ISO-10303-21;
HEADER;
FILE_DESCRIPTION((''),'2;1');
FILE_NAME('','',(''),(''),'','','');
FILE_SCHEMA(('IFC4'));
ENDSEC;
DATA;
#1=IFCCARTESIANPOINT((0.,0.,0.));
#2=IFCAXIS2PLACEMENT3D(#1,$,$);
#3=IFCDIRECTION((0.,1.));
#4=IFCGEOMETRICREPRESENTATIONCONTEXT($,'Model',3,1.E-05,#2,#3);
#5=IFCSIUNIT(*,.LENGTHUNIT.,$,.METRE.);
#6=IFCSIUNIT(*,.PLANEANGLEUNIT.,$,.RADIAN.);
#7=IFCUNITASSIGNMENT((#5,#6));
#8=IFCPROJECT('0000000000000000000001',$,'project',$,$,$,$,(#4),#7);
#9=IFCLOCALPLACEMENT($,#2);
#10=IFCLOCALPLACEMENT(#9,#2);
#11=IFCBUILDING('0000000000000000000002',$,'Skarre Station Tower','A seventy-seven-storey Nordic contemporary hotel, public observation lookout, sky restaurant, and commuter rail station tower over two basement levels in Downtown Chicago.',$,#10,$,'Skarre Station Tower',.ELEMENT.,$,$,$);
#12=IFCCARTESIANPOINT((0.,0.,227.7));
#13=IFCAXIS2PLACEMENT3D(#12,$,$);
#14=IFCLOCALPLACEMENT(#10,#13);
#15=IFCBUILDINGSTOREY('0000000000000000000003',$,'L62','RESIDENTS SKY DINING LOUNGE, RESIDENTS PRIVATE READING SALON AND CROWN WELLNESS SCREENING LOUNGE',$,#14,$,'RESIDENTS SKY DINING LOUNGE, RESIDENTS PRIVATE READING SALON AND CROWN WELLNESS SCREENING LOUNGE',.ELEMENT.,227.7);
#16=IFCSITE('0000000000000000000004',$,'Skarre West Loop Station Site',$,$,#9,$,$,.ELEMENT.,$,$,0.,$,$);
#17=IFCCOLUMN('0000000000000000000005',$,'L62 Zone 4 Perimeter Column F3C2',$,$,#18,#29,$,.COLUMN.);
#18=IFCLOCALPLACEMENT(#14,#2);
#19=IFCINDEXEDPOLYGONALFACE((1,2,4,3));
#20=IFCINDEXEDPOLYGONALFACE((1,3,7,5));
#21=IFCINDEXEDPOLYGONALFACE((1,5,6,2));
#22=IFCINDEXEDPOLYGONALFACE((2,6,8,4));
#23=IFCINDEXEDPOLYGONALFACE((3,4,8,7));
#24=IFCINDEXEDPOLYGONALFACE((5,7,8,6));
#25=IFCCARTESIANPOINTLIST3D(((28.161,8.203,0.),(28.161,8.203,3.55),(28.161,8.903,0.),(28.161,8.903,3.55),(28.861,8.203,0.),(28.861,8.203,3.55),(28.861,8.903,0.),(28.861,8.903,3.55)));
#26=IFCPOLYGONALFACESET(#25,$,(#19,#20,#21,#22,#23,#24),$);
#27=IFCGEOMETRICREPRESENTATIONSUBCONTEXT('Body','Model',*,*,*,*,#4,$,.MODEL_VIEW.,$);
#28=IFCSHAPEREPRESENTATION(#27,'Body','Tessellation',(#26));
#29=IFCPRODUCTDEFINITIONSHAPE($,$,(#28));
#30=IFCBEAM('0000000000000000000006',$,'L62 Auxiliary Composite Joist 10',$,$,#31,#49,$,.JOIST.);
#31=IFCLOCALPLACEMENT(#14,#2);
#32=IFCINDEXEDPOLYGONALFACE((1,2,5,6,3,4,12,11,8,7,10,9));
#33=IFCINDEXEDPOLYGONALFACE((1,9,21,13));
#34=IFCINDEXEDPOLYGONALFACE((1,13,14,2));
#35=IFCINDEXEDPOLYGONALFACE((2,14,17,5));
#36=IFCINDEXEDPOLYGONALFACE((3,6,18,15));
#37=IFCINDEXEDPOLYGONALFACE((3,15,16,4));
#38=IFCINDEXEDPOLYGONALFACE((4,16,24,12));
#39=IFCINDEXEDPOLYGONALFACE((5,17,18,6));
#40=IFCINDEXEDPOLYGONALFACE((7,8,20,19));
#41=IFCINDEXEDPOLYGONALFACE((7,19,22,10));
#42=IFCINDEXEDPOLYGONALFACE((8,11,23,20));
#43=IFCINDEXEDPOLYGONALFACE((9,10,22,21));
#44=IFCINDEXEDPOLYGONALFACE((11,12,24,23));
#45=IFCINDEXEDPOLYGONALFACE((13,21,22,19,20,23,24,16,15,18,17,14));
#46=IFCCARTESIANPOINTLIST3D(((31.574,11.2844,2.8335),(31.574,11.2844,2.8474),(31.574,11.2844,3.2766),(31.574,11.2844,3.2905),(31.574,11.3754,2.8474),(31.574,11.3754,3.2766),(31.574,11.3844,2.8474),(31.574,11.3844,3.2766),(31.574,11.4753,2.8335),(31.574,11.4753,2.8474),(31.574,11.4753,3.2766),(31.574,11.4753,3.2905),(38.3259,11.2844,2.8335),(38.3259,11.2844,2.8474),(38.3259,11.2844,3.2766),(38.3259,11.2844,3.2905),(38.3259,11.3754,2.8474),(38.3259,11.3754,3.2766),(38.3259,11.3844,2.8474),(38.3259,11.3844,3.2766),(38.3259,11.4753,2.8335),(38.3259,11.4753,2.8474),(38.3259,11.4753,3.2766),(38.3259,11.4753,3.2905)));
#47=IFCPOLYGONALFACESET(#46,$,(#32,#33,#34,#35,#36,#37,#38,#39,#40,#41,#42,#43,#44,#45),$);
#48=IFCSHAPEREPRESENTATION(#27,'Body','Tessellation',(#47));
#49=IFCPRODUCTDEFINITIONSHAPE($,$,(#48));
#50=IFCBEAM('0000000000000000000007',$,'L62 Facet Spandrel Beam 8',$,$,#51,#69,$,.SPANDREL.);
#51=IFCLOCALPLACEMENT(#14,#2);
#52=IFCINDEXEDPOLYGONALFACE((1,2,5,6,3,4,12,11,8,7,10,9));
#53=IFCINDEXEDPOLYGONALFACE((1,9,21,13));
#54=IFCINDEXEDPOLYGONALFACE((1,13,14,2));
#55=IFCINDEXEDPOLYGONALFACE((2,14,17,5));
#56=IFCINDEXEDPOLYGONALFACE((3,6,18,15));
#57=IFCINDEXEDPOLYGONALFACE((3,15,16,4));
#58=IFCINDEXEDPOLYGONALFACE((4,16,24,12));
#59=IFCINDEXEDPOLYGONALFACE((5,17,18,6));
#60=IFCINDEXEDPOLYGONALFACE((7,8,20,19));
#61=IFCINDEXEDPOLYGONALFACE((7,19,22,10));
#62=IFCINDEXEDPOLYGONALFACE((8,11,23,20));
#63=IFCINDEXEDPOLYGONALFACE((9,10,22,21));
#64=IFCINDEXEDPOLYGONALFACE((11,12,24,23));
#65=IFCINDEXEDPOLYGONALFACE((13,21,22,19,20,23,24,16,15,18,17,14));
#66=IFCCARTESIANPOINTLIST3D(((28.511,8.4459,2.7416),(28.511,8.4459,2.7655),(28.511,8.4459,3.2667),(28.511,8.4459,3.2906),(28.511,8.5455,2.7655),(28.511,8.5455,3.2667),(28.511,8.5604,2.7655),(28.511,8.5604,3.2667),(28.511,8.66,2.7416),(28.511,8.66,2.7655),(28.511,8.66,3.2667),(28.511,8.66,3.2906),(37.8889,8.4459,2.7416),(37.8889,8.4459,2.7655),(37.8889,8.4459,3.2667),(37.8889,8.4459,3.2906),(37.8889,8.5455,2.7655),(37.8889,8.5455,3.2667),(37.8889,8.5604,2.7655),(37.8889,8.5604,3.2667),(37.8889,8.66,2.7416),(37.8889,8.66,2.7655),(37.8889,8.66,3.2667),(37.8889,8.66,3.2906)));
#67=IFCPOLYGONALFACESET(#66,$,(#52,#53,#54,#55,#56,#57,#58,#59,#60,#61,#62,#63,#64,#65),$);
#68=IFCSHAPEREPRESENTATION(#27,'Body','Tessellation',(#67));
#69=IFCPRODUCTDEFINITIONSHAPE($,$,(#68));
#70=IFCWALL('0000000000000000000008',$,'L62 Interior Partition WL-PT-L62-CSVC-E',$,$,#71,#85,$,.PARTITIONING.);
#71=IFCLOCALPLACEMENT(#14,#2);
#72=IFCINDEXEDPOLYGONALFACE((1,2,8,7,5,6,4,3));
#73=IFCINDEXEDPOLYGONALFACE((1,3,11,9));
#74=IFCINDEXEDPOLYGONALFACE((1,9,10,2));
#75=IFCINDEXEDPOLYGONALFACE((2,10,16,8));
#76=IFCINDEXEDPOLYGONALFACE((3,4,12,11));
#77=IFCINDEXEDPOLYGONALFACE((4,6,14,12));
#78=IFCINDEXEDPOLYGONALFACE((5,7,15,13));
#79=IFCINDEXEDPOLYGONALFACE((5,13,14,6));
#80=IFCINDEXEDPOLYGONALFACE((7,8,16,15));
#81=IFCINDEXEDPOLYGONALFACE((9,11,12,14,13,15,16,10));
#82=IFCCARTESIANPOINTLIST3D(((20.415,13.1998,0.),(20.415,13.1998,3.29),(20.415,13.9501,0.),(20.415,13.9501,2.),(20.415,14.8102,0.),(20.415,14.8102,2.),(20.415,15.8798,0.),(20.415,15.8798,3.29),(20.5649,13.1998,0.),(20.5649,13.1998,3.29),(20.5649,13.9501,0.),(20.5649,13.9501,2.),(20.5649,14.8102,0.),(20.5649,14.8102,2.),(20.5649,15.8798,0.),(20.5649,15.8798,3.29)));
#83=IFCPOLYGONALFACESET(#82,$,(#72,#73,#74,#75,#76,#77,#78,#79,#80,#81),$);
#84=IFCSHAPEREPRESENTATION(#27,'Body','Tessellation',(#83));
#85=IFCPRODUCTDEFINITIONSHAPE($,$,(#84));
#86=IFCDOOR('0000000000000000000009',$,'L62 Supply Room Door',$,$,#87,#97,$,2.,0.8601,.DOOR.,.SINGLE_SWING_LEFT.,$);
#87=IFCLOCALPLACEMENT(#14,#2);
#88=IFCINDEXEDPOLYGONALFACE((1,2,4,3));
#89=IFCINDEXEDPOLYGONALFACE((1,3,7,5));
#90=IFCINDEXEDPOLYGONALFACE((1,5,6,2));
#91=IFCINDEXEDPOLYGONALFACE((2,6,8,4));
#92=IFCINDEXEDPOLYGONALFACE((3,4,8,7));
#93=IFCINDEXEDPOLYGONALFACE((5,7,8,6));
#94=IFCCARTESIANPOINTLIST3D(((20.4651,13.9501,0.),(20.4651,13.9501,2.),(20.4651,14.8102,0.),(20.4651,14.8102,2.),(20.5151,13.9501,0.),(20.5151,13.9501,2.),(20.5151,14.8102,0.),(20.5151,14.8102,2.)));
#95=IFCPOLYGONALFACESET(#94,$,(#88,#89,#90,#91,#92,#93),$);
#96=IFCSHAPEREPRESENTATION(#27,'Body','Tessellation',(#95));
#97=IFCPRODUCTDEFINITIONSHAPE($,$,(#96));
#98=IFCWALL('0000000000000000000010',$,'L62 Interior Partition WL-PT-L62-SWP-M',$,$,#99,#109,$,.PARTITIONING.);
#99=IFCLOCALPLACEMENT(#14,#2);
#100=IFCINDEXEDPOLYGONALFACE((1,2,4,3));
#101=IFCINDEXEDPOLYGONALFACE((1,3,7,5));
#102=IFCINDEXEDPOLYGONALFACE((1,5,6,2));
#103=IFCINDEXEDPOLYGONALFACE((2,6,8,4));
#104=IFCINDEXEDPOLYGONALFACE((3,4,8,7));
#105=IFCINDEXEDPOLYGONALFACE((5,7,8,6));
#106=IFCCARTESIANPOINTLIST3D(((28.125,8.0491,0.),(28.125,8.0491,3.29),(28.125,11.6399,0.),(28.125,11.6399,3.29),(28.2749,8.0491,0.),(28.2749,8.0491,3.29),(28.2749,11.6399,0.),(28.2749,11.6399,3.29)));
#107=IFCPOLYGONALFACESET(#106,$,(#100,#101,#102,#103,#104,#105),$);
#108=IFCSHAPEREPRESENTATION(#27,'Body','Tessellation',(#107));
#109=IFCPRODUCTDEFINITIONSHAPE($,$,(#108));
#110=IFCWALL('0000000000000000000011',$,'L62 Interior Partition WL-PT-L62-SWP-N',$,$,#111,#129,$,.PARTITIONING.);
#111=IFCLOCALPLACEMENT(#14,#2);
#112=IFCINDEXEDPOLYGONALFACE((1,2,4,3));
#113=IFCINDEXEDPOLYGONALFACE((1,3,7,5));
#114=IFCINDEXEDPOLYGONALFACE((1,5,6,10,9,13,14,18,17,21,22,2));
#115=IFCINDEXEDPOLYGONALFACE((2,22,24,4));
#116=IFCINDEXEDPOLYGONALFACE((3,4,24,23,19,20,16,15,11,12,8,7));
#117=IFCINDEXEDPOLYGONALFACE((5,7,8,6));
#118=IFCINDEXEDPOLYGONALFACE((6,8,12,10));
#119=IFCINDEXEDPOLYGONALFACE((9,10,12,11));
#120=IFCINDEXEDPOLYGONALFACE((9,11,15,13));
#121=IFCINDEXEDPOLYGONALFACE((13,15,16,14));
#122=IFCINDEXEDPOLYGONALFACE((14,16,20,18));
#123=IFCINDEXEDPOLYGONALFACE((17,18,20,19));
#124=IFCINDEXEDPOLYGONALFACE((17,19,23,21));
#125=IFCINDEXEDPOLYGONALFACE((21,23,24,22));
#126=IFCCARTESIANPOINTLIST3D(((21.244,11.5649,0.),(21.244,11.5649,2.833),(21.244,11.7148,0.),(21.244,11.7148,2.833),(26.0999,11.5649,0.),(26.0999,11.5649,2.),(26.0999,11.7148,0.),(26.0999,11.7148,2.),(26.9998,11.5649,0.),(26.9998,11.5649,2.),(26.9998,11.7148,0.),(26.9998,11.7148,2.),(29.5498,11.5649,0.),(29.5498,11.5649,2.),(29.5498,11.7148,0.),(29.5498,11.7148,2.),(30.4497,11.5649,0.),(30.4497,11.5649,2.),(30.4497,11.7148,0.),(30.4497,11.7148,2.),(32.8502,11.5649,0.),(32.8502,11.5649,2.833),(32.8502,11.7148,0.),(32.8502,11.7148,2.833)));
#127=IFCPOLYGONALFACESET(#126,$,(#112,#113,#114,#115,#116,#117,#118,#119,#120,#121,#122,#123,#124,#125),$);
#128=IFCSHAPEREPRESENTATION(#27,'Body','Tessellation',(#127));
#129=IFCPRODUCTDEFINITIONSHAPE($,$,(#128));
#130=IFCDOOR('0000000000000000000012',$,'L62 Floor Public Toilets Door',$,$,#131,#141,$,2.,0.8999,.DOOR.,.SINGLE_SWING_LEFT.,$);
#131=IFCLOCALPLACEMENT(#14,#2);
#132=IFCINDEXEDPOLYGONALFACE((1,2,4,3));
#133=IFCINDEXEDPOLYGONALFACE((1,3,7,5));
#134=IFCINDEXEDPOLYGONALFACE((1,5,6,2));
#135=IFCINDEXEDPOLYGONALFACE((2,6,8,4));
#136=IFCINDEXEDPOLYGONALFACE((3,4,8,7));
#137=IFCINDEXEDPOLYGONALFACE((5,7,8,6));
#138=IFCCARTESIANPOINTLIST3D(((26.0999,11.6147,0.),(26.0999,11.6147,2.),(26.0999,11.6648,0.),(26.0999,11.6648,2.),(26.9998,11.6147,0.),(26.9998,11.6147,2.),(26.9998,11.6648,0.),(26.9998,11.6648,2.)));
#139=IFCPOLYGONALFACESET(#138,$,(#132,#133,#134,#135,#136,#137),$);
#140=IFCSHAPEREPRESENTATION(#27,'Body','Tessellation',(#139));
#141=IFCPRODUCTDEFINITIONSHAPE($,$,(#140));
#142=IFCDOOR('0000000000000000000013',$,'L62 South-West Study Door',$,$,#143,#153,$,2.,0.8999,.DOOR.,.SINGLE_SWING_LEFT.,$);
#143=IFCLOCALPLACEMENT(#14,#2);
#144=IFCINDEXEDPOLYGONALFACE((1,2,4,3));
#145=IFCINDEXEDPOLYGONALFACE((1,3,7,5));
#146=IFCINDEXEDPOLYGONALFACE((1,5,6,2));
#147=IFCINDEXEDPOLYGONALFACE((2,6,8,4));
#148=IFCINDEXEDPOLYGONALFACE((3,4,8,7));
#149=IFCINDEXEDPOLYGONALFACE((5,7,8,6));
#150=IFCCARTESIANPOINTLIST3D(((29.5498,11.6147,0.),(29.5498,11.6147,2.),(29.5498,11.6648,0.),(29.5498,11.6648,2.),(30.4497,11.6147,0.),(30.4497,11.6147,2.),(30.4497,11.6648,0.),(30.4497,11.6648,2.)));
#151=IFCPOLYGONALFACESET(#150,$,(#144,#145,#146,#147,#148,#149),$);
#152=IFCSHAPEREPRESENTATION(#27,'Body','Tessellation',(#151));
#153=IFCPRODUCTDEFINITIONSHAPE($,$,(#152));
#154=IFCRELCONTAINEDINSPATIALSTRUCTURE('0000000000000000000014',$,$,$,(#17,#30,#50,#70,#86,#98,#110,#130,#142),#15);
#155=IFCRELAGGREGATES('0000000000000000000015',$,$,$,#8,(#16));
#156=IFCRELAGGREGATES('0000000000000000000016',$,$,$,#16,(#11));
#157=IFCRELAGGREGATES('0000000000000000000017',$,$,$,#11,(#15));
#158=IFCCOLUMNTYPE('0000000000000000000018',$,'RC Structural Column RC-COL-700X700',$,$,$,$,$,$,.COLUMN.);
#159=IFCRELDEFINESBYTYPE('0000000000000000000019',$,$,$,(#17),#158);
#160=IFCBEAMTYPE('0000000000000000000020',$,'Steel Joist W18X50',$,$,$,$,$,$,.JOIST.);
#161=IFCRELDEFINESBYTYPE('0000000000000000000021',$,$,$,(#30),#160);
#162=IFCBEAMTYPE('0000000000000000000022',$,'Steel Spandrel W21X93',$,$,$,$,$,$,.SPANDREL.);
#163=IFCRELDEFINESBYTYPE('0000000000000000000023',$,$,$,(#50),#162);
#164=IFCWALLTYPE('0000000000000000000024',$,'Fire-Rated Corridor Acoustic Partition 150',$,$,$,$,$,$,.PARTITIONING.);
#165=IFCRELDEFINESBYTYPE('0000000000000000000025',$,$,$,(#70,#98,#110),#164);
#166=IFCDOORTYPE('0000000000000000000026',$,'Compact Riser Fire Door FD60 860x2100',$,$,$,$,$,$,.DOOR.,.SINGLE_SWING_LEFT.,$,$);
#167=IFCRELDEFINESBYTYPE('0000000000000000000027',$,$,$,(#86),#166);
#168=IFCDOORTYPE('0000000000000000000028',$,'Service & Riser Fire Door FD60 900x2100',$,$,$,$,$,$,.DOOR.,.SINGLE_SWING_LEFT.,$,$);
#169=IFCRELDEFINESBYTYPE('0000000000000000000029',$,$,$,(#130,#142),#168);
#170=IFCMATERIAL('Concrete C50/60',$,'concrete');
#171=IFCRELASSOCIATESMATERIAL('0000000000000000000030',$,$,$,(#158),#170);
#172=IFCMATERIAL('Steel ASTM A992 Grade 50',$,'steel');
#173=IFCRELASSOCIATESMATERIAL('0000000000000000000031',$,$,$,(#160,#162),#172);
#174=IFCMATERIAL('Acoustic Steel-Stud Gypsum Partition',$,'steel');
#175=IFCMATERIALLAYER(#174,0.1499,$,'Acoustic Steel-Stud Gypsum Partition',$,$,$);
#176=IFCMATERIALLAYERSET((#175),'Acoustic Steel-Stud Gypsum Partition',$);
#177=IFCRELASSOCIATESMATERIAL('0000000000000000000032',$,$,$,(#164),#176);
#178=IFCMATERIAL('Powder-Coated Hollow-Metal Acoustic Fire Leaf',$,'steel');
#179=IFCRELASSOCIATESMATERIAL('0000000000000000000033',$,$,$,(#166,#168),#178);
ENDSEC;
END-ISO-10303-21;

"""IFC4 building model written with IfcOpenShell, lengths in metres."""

from ifc_helpers import new_model, si_unit, direction, frame, frame_2d, origin, origin_2d, place, context, subcontext, project, spatial, rectangle, i_section, extrude, material, layer, layer_set, material_profile, profile_set, type_object, element, fill, save


model = new_model("IFC4")

# Units and contexts
model_context = context("Model", 3, precision=1e-05, world=origin(), true_north=direction((0.0, 1.0)))
body_context = subcontext(model_context, "Body", "Model", "MODEL_VIEW")
ifc_project = project(units=[si_unit("LENGTHUNIT", "METRE"), si_unit("PLANEANGLEUNIT", "RADIAN")], contexts=[model_context])

# Site, building, storey
site_placement = place(None, origin())
site = spatial("IfcSite", under=ifc_project, at=site_placement, Name="Skarre West Loop Station Site", CompositionType="ELEMENT", RefElevation=0.0)
building_placement = place(site_placement, origin())
building = spatial("IfcBuilding", under=site, at=building_placement, Name="Skarre Station Tower", Description="A seventy-seven-storey Nordic contemporary hotel, public observation lookout, sky restaurant, and commuter rail station tower over two basement levels in Downtown Chicago.", LongName="Skarre Station Tower", CompositionType="ELEMENT")
storey_placement = place(building_placement, frame((0.0, 0.0, 227.7)))
storey = spatial("IfcBuildingStorey", under=building, at=storey_placement, Name="L62", Description="RESIDENTS SKY DINING LOUNGE, RESIDENTS PRIVATE READING SALON AND CROWN WELLNESS SCREENING LOUNGE", LongName="RESIDENTS SKY DINING LOUNGE, RESIDENTS PRIVATE READING SALON AND CROWN WELLNESS SCREENING LOUNGE", CompositionType="ELEMENT", Elevation=227.7)

# Column
ifc_material_1 = material(Name="Concrete C50/60", Category="concrete")
ifc_material_profile_1 = material_profile(ifc_material_1, rectangle(XDim=0.7, YDim=0.7, at=origin_2d()), Name="Concrete C50/60")
ifc_profile_set_1 = profile_set([ifc_material_profile_1], Name="Concrete C50/60")
column_type = type_object("IfcColumnType", Name="RC Structural Column RC-COL-700X700", PredefinedType="COLUMN", material=ifc_profile_set_1)
column_placement = place(storey_placement, frame((28.511, 8.553, 0.0), z_axis=(0.0, 0.0, 1.0), x_axis=(1.0, 0.0, 0.0)))
element("IfcColumn", 1, at=column_placement, inside=storey, type_object=column_type, Name="L62 Zone 4 Perimeter Column F3C2", PredefinedType="COLUMN", context=body_context, shape_type="SweptSolid", body=[
    extrude(rectangle(XDim=0.7, YDim=0.7, at=origin_2d()), origin(), (0.0, 0.0, 1.0), 3.55),
])

# Beams
ifc_material_2 = material(Name="Steel ASTM A992 Grade 50", Category="steel")
ifc_material_profile_2 = material_profile(ifc_material_2, i_section(OverallWidth=0.1909, OverallDepth=0.457, WebThickness=0.009, FlangeThickness=0.0139, at=origin_2d()), Name="Steel ASTM A992 Grade 50")
ifc_profile_set_2 = profile_set([ifc_material_profile_2], Name="Steel ASTM A992 Grade 50")
beam_type_1 = type_object("IfcBeamType", Name="Steel Joist W18X50", PredefinedType="JOIST", material=ifc_profile_set_2)
beam_1_placement = place(storey_placement, frame((31.574, 11.3799, 3.062), z_axis=(1.0, 0.0, 0.0), x_axis=(0.0, 1.0, 0.0)))
element("IfcBeam", 2, at=beam_1_placement, inside=storey, type_object=beam_type_1, Name="L62 Auxiliary Composite Joist 10", PredefinedType="JOIST", context=body_context, shape_type="SweptSolid", body=[
    extrude(i_section(OverallWidth=0.1909, OverallDepth=0.457, WebThickness=0.009, FlangeThickness=0.0139, at=origin_2d()), origin(), (0.0, 0.0, 1.0), 6.752),
])
ifc_material_profile_3 = material_profile(ifc_material_2, i_section(OverallWidth=0.2141, OverallDepth=0.5491, WebThickness=0.0149, FlangeThickness=0.0239, at=origin_2d()), Name="Steel ASTM A992 Grade 50")
ifc_profile_set_3 = profile_set([ifc_material_profile_3], Name="Steel ASTM A992 Grade 50")
beam_type_2 = type_object("IfcBeamType", Name="Steel Spandrel W21X93", PredefinedType="SPANDREL", material=ifc_profile_set_3)
beam_2_placement = place(storey_placement, frame((28.511, 8.553, 3.0161), z_axis=(1.0, 0.0, 0.0), x_axis=(0.0, 1.0, 0.0)))
element("IfcBeam", 3, at=beam_2_placement, inside=storey, type_object=beam_type_2, Name="L62 Facet Spandrel Beam 8", PredefinedType="SPANDREL", context=body_context, shape_type="SweptSolid", body=[
    extrude(i_section(OverallWidth=0.2141, OverallDepth=0.5491, WebThickness=0.0149, FlangeThickness=0.0239, at=origin_2d()), origin(), (0.0, 0.0, 1.0), 9.3779),
])

# Wall, opening, door
ifc_material_3 = material(Name="Acoustic Steel-Stud Gypsum Partition", Category="steel")
ifc_layer_1 = layer(ifc_material_3, 0.1499, Name="Acoustic Steel-Stud Gypsum Partition")
ifc_layer_set_1 = layer_set([ifc_layer_1], Name="Acoustic Steel-Stud Gypsum Partition")
wall_type_1 = type_object("IfcWallType", Name="Fire-Rated Corridor Acoustic Partition 150", PredefinedType="PARTITIONING", material=ifc_layer_set_1)
wall_1_placement = place(storey_placement, frame((20.49, 13.2, 0.0), z_axis=(0.0, 0.0, 1.0), x_axis=(0.0, 1.0, 0.0)))
wall_1 = element("IfcWall", 4, at=wall_1_placement, inside=storey, type_object=wall_type_1, Name="L62 Interior Partition WL-PT-L62-CSVC-E", PredefinedType="PARTITIONING", context=body_context, shape_type="SweptSolid", body=[
    extrude(rectangle(XDim=2.6799, YDim=0.1499, at=frame_2d((1.3398, 0.0))), origin(), (0.0, 0.0, 1.0), 3.29),
])
opening_1_placement = place(wall_1_placement, frame((0.75, 0.0, 0.0)))
opening_1 = element("IfcOpeningElement", 5, at=opening_1_placement, cuts=wall_1, PredefinedType="OPENING", context=body_context, shape_type="SweptSolid", body=[
    extrude(rectangle(XDim=0.8601, YDim=2.0, at=frame_2d((0.4302, 1.0))), frame((0.0, 0.085, 0.0), z_axis=(0.0, -1.0, 0.0), x_axis=(1.0, 0.0, 0.0)), (0.0, 0.0, 1.0), 0.1699),
])
ifc_material_4 = material(Name="Powder-Coated Hollow-Metal Acoustic Fire Leaf", Category="steel")
door_type_1 = type_object("IfcDoorType", Name="Compact Riser Fire Door FD60 860x2100", OperationType="SINGLE_SWING_LEFT", PredefinedType="DOOR", material=ifc_material_4)
door_1_placement = place(opening_1_placement, origin())
door_1 = element("IfcDoor", 6, at=door_1_placement, inside=storey, type_object=door_type_1, Name="L62 Supply Room Door", OperationType="SINGLE_SWING_LEFT", OverallHeight=2.0, OverallWidth=0.8601, PredefinedType="DOOR", context=body_context, shape_type="SweptSolid", body=[
    extrude(rectangle(XDim=0.8601, YDim=2.0, at=frame_2d((0.4302, 1.0))), frame((0.0, 0.0249, 0.0), z_axis=(0.0, -1.0, 0.0), x_axis=(1.0, 0.0, 0.0)), (0.0, 0.0, 1.0), 0.05),
])
fill(opening_1, door_1)

# Wall
wall_2_placement = place(storey_placement, frame((28.2, 8.0491, 0.0), z_axis=(0.0, 0.0, 1.0), x_axis=(0.0, 1.0, 0.0)))
element("IfcWall", 7, at=wall_2_placement, inside=storey, type_object=wall_type_1, Name="L62 Interior Partition WL-PT-L62-SWP-M", PredefinedType="PARTITIONING", context=body_context, shape_type="SweptSolid", body=[
    extrude(rectangle(XDim=3.5908, YDim=0.1499, at=frame_2d((1.7954, 0.0))), origin(), (0.0, 0.0, 1.0), 3.29),
])

# Wall, openings, doors
wall_3_placement = place(storey_placement, frame((21.2439, 11.6399, 0.0), z_axis=(0.0, 0.0, 1.0), x_axis=(1.0, 0.0, 0.0)))
wall_3 = element("IfcWall", 8, at=wall_3_placement, inside=storey, type_object=wall_type_1, Name="L62 Interior Partition WL-PT-L62-SWP-N", PredefinedType="PARTITIONING", context=body_context, shape_type="SweptSolid", body=[
    extrude(rectangle(XDim=11.6062, YDim=0.1499, at=frame_2d((5.8032, 0.0))), origin(), (0.0, 0.0, 1.0), 2.833),
])
opening_2_placement = place(wall_3_placement, frame((4.856, 0.0, 0.0)))
opening_2 = element("IfcOpeningElement", 9, at=opening_2_placement, cuts=wall_3, PredefinedType="OPENING", context=body_context, shape_type="SweptSolid", body=[
    extrude(rectangle(XDim=0.8999, YDim=2.0, at=frame_2d((0.45, 1.0))), frame((0.0, 0.085, 0.0), z_axis=(0.0, -1.0, 0.0), x_axis=(1.0, 0.0, 0.0)), (0.0, 0.0, 1.0), 0.1699),
])
opening_3_placement = place(wall_3_placement, frame((8.3059, 0.0, 0.0)))
opening_3 = element("IfcOpeningElement", 10, at=opening_3_placement, cuts=wall_3, PredefinedType="OPENING", context=body_context, shape_type="SweptSolid", body=[
    extrude(rectangle(XDim=0.8999, YDim=2.0, at=frame_2d((0.45, 1.0))), frame((0.0, 0.085, 0.0), z_axis=(0.0, -1.0, 0.0), x_axis=(1.0, 0.0, 0.0)), (0.0, 0.0, 1.0), 0.1699),
])
door_type_2 = type_object("IfcDoorType", Name="Service & Riser Fire Door FD60 900x2100", OperationType="SINGLE_SWING_LEFT", PredefinedType="DOOR", material=ifc_material_4)
door_2_placement = place(opening_2_placement, origin())
door_2 = element("IfcDoor", 11, at=door_2_placement, inside=storey, type_object=door_type_2, Name="L62 Floor Public Toilets Door", OperationType="SINGLE_SWING_LEFT", OverallHeight=2.0, OverallWidth=0.8999, PredefinedType="DOOR", context=body_context, shape_type="SweptSolid", body=[
    extrude(rectangle(XDim=0.8999, YDim=2.0, at=frame_2d((0.45, 1.0))), frame((0.0, 0.0249, 0.0), z_axis=(0.0, -1.0, 0.0), x_axis=(1.0, 0.0, 0.0)), (0.0, 0.0, 1.0), 0.05),
])
fill(opening_2, door_2)
door_3_placement = place(opening_3_placement, origin())
door_3 = element("IfcDoor", 12, at=door_3_placement, inside=storey, type_object=door_type_2, Name="L62 South-West Study Door", OperationType="SINGLE_SWING_LEFT", OverallHeight=2.0, OverallWidth=0.8999, PredefinedType="DOOR", context=body_context, shape_type="SweptSolid", body=[
    extrude(rectangle(XDim=0.8999, YDim=2.0, at=frame_2d((0.45, 1.0))), frame((0.0, 0.0249, 0.0), z_axis=(0.0, -1.0, 0.0), x_axis=(1.0, 0.0, 0.0)), (0.0, 0.0, 1.0), 0.05),
])
fill(opening_3, door_3)

save(model, "model.ifc")
